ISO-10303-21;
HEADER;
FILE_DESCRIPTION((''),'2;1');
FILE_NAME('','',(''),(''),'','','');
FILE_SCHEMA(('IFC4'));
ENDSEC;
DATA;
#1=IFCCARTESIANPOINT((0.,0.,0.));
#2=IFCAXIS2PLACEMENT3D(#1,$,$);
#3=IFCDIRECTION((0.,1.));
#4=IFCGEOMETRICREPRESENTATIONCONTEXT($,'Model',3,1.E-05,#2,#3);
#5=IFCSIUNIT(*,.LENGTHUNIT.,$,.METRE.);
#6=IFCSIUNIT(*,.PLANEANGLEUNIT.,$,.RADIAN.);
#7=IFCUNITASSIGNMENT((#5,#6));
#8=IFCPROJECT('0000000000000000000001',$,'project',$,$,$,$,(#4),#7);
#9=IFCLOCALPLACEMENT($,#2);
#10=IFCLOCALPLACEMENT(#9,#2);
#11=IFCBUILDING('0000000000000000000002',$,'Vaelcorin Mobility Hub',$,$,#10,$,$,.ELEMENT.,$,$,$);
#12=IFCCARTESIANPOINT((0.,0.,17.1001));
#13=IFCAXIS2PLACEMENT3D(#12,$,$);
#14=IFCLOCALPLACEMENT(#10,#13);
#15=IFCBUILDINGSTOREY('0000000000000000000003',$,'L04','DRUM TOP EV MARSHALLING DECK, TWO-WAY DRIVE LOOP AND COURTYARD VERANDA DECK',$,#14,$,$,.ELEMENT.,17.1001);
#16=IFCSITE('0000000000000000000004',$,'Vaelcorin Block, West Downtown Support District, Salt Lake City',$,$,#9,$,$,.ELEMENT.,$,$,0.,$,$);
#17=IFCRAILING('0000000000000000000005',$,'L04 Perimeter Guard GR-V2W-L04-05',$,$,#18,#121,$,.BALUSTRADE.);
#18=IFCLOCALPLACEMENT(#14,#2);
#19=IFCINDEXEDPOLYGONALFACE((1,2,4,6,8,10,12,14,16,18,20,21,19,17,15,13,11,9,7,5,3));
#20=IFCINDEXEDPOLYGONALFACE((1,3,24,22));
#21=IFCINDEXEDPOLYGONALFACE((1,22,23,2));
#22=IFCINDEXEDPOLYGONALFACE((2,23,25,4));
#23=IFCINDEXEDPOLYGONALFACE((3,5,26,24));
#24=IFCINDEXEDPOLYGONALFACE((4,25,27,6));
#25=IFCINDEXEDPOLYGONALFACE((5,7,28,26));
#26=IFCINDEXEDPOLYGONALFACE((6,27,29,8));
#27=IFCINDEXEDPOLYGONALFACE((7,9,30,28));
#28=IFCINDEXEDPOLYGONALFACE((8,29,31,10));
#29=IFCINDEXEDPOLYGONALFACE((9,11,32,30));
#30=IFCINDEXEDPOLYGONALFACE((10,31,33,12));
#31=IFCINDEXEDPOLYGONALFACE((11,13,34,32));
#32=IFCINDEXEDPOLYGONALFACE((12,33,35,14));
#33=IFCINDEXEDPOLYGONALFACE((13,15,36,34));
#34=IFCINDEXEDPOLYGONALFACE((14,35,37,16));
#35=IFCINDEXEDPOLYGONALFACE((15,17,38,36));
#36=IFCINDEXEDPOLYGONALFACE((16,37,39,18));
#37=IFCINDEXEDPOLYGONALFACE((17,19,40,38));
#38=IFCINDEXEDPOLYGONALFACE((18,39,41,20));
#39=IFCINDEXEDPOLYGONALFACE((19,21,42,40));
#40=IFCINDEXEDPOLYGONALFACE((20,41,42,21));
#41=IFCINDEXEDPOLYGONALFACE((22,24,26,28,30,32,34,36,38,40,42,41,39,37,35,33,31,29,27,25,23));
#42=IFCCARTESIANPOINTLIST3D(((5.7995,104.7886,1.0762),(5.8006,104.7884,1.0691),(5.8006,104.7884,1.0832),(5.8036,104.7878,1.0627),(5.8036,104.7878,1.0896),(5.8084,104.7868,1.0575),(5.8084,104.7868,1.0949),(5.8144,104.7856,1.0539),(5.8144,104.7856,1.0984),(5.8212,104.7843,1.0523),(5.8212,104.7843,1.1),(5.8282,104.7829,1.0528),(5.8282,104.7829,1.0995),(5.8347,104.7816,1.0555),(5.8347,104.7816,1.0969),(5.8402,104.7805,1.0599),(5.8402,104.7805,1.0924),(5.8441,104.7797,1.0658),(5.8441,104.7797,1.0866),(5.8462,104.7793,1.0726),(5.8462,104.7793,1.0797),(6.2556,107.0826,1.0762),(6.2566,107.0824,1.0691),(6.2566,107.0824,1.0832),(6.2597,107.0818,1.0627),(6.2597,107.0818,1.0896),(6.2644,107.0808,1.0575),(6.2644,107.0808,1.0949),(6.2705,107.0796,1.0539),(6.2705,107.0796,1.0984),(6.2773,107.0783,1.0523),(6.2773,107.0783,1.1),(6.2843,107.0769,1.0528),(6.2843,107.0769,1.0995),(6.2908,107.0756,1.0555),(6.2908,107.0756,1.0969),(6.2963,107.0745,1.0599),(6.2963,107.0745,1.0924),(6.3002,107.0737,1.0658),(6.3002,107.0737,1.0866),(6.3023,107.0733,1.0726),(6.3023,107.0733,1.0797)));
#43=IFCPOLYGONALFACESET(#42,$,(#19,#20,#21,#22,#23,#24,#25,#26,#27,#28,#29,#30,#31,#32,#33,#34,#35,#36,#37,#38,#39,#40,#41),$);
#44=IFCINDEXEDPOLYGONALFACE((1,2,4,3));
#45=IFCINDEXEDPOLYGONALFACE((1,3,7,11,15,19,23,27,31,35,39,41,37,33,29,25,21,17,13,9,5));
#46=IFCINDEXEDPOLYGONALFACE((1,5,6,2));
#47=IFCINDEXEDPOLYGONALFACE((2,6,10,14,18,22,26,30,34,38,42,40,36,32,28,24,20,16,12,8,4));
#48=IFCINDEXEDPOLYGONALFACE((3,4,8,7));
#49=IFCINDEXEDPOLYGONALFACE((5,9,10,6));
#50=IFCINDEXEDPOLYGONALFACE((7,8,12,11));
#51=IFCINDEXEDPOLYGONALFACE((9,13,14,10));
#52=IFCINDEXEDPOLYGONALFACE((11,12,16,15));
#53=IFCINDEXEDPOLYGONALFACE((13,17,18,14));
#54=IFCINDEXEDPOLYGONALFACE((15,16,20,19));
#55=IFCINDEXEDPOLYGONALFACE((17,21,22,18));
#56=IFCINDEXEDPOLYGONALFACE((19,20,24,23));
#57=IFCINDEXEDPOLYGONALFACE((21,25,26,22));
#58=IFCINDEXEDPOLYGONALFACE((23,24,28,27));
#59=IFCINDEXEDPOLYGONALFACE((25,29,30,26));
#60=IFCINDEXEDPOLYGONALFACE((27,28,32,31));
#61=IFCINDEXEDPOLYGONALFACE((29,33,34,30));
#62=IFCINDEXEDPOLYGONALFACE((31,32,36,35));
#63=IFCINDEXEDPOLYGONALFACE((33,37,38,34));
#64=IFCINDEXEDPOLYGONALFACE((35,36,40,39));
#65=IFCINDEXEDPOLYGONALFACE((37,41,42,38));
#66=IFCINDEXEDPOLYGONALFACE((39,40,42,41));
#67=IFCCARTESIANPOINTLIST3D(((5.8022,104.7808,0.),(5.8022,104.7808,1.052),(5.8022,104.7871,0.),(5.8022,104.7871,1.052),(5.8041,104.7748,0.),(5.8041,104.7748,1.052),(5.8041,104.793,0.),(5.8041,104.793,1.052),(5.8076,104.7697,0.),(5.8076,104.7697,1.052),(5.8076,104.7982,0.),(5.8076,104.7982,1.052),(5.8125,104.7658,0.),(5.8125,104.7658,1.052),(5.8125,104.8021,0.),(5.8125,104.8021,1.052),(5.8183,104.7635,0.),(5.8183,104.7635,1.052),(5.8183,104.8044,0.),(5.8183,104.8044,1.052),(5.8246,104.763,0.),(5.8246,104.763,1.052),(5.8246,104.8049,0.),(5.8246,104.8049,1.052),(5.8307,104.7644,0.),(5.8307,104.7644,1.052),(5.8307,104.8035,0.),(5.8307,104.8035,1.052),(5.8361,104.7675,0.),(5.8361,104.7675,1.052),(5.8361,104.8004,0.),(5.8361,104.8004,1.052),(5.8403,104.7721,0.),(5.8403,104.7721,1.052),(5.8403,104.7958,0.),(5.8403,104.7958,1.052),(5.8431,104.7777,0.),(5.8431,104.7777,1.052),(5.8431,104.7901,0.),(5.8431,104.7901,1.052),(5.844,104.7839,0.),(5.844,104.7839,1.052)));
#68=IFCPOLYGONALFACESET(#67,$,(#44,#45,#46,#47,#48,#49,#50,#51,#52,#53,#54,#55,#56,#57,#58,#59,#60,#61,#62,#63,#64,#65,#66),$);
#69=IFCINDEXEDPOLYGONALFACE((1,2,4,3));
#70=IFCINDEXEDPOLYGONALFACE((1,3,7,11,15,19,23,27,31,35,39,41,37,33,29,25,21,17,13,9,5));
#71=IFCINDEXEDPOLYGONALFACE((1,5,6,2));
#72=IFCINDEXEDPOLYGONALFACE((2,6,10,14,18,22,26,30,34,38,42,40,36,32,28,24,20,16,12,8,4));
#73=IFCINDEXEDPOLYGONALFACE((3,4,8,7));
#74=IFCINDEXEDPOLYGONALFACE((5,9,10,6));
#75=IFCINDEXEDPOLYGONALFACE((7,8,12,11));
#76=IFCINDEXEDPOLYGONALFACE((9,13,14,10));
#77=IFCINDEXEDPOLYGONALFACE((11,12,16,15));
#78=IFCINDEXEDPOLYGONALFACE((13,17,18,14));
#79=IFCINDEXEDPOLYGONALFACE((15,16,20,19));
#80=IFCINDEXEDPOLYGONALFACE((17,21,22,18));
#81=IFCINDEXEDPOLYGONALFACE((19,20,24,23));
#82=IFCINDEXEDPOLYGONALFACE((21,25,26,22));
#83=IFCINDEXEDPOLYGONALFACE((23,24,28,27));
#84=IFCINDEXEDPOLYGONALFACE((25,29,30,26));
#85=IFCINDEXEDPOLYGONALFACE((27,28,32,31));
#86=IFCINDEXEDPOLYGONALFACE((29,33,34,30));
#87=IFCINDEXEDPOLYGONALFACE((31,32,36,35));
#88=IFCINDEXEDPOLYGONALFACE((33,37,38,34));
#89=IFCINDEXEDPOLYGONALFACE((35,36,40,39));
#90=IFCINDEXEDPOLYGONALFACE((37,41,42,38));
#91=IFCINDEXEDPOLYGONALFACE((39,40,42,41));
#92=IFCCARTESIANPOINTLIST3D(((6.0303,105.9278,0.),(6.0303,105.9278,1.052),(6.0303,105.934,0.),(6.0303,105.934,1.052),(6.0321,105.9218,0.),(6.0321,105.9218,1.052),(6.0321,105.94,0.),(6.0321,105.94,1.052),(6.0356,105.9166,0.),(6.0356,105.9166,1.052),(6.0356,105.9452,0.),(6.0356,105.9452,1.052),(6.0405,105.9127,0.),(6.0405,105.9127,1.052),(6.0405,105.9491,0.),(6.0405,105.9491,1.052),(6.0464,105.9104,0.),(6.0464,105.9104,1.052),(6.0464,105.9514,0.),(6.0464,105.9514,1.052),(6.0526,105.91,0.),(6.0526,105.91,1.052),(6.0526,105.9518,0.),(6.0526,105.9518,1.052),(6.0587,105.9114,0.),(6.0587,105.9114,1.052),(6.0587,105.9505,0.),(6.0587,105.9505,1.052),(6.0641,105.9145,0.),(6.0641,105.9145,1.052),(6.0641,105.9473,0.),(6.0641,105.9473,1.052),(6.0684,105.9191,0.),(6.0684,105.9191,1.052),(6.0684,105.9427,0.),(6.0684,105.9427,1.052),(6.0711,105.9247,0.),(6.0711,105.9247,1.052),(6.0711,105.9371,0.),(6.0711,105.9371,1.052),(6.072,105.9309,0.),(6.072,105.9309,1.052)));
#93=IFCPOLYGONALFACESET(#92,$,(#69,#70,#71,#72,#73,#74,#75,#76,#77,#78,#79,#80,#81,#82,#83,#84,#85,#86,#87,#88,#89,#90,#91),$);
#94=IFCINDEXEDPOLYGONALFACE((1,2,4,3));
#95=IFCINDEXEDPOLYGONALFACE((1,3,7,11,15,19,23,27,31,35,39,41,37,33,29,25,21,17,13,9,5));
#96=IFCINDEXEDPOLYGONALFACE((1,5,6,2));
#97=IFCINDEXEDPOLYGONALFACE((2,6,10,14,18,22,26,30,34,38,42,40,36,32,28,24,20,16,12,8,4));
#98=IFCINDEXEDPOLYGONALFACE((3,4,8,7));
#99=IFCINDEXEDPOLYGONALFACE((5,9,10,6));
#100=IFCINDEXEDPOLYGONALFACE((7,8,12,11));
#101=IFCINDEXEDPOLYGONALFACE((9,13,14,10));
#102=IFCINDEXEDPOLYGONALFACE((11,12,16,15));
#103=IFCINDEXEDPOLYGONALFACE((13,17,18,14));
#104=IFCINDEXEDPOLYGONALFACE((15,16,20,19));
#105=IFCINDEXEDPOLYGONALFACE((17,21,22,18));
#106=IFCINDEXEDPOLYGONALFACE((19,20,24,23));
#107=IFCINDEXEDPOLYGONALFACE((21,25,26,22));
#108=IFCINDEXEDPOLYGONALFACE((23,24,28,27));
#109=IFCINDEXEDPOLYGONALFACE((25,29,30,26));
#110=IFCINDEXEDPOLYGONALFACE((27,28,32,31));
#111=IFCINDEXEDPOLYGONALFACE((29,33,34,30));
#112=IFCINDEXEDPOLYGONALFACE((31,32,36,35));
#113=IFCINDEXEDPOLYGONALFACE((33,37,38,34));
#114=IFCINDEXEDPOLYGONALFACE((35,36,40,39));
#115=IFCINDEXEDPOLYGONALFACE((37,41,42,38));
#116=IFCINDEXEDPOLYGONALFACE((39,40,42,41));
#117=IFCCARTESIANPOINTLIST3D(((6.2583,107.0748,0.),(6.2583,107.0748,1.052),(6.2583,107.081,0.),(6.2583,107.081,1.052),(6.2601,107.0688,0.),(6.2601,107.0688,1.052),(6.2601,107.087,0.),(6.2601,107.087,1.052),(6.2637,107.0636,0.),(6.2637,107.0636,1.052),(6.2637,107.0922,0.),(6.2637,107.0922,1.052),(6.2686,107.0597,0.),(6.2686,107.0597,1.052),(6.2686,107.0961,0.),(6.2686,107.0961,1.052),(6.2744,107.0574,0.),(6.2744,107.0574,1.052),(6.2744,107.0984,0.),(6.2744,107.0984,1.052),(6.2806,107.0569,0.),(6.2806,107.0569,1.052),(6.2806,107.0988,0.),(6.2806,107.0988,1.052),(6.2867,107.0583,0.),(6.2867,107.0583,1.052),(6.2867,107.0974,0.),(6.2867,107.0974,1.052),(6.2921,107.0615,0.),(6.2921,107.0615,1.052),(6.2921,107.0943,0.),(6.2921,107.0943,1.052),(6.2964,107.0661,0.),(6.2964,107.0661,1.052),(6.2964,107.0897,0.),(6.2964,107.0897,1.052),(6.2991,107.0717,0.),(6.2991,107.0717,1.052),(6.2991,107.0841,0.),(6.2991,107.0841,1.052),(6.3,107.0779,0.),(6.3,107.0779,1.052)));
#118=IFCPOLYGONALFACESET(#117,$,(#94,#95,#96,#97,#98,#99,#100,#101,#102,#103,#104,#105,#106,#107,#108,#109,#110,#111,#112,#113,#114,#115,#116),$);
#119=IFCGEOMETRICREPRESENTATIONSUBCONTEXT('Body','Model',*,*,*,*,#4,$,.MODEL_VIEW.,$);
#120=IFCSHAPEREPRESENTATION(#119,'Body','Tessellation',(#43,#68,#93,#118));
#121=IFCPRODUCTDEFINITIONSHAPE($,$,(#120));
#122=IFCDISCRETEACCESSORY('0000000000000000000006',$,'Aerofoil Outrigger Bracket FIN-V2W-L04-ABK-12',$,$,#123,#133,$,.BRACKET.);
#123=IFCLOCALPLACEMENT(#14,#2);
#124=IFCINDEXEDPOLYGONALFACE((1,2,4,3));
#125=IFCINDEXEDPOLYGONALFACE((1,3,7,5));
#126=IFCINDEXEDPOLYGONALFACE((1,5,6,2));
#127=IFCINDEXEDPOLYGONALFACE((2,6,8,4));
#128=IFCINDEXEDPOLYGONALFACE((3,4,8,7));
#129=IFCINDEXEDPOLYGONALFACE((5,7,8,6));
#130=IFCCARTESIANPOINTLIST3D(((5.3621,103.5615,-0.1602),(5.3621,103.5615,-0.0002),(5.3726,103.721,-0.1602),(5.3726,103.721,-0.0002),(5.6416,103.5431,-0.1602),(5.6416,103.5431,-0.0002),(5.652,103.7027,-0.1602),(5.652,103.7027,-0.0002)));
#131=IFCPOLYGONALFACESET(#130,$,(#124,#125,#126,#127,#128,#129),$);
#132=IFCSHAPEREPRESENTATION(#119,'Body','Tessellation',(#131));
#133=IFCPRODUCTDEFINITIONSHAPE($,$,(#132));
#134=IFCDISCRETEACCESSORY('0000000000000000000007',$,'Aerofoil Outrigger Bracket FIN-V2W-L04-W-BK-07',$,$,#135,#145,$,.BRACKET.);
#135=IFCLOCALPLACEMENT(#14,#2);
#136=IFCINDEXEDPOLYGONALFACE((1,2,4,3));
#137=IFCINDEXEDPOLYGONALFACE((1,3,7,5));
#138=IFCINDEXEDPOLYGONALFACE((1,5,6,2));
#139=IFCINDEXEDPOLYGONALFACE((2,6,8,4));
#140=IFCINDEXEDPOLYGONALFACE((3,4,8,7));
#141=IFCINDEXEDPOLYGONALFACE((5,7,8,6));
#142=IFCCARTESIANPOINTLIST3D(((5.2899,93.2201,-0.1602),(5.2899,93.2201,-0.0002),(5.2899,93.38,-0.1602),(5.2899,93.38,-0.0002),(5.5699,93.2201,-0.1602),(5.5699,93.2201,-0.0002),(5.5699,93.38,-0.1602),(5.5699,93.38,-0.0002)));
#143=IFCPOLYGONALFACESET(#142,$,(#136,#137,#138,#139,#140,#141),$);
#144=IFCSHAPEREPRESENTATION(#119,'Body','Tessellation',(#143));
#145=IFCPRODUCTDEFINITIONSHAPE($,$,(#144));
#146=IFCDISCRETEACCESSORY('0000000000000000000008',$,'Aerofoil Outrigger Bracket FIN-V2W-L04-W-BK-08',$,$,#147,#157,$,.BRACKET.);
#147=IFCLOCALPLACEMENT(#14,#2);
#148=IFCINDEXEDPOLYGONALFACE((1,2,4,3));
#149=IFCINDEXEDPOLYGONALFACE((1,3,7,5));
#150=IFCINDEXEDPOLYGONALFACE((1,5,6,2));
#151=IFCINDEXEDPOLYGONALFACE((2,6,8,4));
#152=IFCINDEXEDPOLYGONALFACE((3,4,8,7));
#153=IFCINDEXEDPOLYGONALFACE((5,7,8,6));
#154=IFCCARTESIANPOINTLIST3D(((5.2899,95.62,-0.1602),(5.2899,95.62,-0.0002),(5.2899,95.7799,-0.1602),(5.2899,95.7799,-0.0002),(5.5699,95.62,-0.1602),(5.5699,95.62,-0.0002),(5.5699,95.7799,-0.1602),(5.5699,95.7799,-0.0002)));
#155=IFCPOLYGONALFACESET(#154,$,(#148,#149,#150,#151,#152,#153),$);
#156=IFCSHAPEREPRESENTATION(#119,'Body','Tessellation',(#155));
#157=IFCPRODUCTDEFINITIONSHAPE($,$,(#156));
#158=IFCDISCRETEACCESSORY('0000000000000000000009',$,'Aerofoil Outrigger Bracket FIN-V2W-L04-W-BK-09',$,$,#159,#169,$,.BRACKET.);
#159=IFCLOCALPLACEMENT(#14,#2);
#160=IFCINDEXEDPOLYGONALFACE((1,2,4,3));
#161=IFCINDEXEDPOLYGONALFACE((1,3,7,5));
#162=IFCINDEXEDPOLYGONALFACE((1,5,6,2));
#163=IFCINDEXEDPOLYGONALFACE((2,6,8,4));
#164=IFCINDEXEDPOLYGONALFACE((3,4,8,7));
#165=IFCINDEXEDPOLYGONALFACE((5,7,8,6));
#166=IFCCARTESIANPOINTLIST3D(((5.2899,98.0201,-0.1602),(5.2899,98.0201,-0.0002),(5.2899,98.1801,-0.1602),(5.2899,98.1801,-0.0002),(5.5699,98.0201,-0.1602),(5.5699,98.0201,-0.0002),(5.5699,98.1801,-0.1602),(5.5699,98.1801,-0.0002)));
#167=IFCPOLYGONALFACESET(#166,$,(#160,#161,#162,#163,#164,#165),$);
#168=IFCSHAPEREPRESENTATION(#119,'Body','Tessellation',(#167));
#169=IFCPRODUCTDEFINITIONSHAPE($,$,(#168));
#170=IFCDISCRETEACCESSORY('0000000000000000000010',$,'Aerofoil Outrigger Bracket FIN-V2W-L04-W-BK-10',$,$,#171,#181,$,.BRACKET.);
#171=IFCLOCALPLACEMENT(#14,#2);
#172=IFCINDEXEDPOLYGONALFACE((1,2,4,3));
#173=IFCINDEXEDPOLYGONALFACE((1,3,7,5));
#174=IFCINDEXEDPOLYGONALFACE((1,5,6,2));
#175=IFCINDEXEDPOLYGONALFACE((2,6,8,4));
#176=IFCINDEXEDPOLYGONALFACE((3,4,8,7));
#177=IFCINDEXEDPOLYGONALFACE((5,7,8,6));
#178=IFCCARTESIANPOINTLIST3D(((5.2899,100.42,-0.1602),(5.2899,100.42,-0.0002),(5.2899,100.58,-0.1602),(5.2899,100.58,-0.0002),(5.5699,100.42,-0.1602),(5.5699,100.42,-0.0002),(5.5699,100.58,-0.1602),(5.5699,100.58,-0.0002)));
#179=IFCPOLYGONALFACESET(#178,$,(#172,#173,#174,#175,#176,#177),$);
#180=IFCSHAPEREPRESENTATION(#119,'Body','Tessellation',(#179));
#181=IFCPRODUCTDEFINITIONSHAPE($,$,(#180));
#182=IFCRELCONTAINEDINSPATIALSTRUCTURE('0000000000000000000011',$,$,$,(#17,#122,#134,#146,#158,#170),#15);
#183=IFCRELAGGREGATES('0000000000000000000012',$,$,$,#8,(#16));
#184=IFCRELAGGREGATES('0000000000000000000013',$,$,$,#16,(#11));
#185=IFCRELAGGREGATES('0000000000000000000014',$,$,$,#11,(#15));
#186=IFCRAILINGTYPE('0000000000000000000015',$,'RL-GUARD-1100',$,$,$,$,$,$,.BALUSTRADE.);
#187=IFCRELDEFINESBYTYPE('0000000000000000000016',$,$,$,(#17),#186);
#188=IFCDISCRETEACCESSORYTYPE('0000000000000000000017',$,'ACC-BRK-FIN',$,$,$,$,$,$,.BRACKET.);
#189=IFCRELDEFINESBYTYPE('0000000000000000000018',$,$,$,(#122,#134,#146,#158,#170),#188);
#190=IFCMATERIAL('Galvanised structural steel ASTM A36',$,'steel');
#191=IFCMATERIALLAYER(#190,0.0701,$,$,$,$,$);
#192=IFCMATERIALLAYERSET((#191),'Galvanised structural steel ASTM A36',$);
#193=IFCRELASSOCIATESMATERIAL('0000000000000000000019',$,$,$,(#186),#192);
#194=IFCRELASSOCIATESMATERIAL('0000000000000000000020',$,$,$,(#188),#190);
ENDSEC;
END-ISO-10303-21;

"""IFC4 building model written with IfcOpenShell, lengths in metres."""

from ifc_helpers import new_model, si_unit, direction, frame, origin, origin_2d, place, context, subcontext, project, spatial, rectangle, circle, extrude, material, layer, layer_set, type_object, element, save


model = new_model("IFC4")

# Units and contexts
model_context = context("Model", 3, precision=1e-05, world=origin(), true_north=direction((0.0, 1.0)))
body_context = subcontext(model_context, "Body", "Model", "MODEL_VIEW")
ifc_project = project(units=[si_unit("LENGTHUNIT", "METRE"), si_unit("PLANEANGLEUNIT", "RADIAN")], contexts=[model_context])

# Site, building, storey
site_placement = place(None, origin())
site = spatial("IfcSite", under=ifc_project, at=site_placement, Name="Vaelcorin Block, West Downtown Support District, Salt Lake City", CompositionType="ELEMENT", RefElevation=0.0)
building_placement = place(site_placement, origin())
building = spatial("IfcBuilding", under=site, at=building_placement, Name="Vaelcorin Mobility Hub", CompositionType="ELEMENT")
storey_placement = place(building_placement, frame((0.0, 0.0, 17.1001)))
storey = spatial("IfcBuildingStorey", under=building, at=storey_placement, Name="L04", Description="DRUM TOP EV MARSHALLING DECK, TWO-WAY DRIVE LOOP AND COURTYARD VERANDA DECK", CompositionType="ELEMENT", Elevation=17.1001)

# Railing
ifc_material_1 = material(Name="Galvanised structural steel ASTM A36", Category="steel")
ifc_layer_1 = layer(ifc_material_1, 0.0701)
ifc_layer_set_1 = layer_set([ifc_layer_1], Name="Galvanised structural steel ASTM A36")
railing_type = type_object("IfcRailingType", Name="RL-GUARD-1100", PredefinedType="BALUSTRADE", material=ifc_layer_set_1)
railing_1_placement = place(storey_placement, frame((5.823, 104.7839, 0.0)))
element("IfcRailing", 1, at=railing_1_placement, inside=storey, type_object=railing_type, Name="L04 Perimeter Guard GR-V2W-L04-05", PredefinedType="BALUSTRADE", context=body_context, shape_type="SweptSolid", body=[
    extrude(circle(Radius=0.0239, at=origin_2d()), frame((0.0, 0.0, 1.0762), z_axis=(0.194992, 0.980805, 0.0), x_axis=(-0.980805, 0.194992, 0.0)), (0.0, 0.0, 1.0), 2.3389),
    extrude(circle(Radius=0.021, at=origin_2d()), origin(), (0.0, 0.0, 1.0), 1.052),
    extrude(circle(Radius=0.021, at=origin_2d()), frame((0.228, 1.147, 0.0)), (0.0, 0.0, 1.0), 1.052),
    extrude(circle(Radius=0.021, at=origin_2d()), frame((0.4561, 2.2939, 0.0)), (0.0, 0.0, 1.0), 1.052),
])

# Discrete accessories
discrete_accessory_type = type_object("IfcDiscreteAccessoryType", Name="ACC-BRK-FIN", PredefinedType="BRACKET", material=ifc_material_1)
for number, where, z_axis, x_axis, name in (
    (2, (5.5071, 103.6321, -0.1602), (0.0, 0.0, 1.0), (-0.997858, 0.065421, 0.0), "Aerofoil Outrigger Bracket FIN-V2W-L04-ABK-12"),
    (3, (5.4299, 93.3, -0.1602), (0.0, 0.0, 1.0), (-1.0, 0.0, 0.0), "Aerofoil Outrigger Bracket FIN-V2W-L04-W-BK-07"),
    (4, (5.4299, 95.7, -0.1602), (0.0, 0.0, 1.0), (-1.0, 0.0, 0.0), "Aerofoil Outrigger Bracket FIN-V2W-L04-W-BK-08"),
    (5, (5.4299, 98.1001, -0.1602), (0.0, 0.0, 1.0), (-1.0, 0.0, 0.0), "Aerofoil Outrigger Bracket FIN-V2W-L04-W-BK-09"),
    (6, (5.4299, 100.5, -0.1602), (0.0, 0.0, 1.0), (-1.0, 0.0, 0.0), "Aerofoil Outrigger Bracket FIN-V2W-L04-W-BK-10"),
):
    element("IfcDiscreteAccessory", number, at=place(storey_placement, frame(where, z_axis=z_axis, x_axis=x_axis)), inside=storey, type_object=discrete_accessory_type, Name=name, PredefinedType="BRACKET", context=body_context, shape_type="SweptSolid", body=[
        extrude(rectangle(XDim=0.28, YDim=0.1599, at=origin_2d()), origin(), (0.0, 0.0, 1.0), 0.1599),
    ])

save(model, "model.ifc")
